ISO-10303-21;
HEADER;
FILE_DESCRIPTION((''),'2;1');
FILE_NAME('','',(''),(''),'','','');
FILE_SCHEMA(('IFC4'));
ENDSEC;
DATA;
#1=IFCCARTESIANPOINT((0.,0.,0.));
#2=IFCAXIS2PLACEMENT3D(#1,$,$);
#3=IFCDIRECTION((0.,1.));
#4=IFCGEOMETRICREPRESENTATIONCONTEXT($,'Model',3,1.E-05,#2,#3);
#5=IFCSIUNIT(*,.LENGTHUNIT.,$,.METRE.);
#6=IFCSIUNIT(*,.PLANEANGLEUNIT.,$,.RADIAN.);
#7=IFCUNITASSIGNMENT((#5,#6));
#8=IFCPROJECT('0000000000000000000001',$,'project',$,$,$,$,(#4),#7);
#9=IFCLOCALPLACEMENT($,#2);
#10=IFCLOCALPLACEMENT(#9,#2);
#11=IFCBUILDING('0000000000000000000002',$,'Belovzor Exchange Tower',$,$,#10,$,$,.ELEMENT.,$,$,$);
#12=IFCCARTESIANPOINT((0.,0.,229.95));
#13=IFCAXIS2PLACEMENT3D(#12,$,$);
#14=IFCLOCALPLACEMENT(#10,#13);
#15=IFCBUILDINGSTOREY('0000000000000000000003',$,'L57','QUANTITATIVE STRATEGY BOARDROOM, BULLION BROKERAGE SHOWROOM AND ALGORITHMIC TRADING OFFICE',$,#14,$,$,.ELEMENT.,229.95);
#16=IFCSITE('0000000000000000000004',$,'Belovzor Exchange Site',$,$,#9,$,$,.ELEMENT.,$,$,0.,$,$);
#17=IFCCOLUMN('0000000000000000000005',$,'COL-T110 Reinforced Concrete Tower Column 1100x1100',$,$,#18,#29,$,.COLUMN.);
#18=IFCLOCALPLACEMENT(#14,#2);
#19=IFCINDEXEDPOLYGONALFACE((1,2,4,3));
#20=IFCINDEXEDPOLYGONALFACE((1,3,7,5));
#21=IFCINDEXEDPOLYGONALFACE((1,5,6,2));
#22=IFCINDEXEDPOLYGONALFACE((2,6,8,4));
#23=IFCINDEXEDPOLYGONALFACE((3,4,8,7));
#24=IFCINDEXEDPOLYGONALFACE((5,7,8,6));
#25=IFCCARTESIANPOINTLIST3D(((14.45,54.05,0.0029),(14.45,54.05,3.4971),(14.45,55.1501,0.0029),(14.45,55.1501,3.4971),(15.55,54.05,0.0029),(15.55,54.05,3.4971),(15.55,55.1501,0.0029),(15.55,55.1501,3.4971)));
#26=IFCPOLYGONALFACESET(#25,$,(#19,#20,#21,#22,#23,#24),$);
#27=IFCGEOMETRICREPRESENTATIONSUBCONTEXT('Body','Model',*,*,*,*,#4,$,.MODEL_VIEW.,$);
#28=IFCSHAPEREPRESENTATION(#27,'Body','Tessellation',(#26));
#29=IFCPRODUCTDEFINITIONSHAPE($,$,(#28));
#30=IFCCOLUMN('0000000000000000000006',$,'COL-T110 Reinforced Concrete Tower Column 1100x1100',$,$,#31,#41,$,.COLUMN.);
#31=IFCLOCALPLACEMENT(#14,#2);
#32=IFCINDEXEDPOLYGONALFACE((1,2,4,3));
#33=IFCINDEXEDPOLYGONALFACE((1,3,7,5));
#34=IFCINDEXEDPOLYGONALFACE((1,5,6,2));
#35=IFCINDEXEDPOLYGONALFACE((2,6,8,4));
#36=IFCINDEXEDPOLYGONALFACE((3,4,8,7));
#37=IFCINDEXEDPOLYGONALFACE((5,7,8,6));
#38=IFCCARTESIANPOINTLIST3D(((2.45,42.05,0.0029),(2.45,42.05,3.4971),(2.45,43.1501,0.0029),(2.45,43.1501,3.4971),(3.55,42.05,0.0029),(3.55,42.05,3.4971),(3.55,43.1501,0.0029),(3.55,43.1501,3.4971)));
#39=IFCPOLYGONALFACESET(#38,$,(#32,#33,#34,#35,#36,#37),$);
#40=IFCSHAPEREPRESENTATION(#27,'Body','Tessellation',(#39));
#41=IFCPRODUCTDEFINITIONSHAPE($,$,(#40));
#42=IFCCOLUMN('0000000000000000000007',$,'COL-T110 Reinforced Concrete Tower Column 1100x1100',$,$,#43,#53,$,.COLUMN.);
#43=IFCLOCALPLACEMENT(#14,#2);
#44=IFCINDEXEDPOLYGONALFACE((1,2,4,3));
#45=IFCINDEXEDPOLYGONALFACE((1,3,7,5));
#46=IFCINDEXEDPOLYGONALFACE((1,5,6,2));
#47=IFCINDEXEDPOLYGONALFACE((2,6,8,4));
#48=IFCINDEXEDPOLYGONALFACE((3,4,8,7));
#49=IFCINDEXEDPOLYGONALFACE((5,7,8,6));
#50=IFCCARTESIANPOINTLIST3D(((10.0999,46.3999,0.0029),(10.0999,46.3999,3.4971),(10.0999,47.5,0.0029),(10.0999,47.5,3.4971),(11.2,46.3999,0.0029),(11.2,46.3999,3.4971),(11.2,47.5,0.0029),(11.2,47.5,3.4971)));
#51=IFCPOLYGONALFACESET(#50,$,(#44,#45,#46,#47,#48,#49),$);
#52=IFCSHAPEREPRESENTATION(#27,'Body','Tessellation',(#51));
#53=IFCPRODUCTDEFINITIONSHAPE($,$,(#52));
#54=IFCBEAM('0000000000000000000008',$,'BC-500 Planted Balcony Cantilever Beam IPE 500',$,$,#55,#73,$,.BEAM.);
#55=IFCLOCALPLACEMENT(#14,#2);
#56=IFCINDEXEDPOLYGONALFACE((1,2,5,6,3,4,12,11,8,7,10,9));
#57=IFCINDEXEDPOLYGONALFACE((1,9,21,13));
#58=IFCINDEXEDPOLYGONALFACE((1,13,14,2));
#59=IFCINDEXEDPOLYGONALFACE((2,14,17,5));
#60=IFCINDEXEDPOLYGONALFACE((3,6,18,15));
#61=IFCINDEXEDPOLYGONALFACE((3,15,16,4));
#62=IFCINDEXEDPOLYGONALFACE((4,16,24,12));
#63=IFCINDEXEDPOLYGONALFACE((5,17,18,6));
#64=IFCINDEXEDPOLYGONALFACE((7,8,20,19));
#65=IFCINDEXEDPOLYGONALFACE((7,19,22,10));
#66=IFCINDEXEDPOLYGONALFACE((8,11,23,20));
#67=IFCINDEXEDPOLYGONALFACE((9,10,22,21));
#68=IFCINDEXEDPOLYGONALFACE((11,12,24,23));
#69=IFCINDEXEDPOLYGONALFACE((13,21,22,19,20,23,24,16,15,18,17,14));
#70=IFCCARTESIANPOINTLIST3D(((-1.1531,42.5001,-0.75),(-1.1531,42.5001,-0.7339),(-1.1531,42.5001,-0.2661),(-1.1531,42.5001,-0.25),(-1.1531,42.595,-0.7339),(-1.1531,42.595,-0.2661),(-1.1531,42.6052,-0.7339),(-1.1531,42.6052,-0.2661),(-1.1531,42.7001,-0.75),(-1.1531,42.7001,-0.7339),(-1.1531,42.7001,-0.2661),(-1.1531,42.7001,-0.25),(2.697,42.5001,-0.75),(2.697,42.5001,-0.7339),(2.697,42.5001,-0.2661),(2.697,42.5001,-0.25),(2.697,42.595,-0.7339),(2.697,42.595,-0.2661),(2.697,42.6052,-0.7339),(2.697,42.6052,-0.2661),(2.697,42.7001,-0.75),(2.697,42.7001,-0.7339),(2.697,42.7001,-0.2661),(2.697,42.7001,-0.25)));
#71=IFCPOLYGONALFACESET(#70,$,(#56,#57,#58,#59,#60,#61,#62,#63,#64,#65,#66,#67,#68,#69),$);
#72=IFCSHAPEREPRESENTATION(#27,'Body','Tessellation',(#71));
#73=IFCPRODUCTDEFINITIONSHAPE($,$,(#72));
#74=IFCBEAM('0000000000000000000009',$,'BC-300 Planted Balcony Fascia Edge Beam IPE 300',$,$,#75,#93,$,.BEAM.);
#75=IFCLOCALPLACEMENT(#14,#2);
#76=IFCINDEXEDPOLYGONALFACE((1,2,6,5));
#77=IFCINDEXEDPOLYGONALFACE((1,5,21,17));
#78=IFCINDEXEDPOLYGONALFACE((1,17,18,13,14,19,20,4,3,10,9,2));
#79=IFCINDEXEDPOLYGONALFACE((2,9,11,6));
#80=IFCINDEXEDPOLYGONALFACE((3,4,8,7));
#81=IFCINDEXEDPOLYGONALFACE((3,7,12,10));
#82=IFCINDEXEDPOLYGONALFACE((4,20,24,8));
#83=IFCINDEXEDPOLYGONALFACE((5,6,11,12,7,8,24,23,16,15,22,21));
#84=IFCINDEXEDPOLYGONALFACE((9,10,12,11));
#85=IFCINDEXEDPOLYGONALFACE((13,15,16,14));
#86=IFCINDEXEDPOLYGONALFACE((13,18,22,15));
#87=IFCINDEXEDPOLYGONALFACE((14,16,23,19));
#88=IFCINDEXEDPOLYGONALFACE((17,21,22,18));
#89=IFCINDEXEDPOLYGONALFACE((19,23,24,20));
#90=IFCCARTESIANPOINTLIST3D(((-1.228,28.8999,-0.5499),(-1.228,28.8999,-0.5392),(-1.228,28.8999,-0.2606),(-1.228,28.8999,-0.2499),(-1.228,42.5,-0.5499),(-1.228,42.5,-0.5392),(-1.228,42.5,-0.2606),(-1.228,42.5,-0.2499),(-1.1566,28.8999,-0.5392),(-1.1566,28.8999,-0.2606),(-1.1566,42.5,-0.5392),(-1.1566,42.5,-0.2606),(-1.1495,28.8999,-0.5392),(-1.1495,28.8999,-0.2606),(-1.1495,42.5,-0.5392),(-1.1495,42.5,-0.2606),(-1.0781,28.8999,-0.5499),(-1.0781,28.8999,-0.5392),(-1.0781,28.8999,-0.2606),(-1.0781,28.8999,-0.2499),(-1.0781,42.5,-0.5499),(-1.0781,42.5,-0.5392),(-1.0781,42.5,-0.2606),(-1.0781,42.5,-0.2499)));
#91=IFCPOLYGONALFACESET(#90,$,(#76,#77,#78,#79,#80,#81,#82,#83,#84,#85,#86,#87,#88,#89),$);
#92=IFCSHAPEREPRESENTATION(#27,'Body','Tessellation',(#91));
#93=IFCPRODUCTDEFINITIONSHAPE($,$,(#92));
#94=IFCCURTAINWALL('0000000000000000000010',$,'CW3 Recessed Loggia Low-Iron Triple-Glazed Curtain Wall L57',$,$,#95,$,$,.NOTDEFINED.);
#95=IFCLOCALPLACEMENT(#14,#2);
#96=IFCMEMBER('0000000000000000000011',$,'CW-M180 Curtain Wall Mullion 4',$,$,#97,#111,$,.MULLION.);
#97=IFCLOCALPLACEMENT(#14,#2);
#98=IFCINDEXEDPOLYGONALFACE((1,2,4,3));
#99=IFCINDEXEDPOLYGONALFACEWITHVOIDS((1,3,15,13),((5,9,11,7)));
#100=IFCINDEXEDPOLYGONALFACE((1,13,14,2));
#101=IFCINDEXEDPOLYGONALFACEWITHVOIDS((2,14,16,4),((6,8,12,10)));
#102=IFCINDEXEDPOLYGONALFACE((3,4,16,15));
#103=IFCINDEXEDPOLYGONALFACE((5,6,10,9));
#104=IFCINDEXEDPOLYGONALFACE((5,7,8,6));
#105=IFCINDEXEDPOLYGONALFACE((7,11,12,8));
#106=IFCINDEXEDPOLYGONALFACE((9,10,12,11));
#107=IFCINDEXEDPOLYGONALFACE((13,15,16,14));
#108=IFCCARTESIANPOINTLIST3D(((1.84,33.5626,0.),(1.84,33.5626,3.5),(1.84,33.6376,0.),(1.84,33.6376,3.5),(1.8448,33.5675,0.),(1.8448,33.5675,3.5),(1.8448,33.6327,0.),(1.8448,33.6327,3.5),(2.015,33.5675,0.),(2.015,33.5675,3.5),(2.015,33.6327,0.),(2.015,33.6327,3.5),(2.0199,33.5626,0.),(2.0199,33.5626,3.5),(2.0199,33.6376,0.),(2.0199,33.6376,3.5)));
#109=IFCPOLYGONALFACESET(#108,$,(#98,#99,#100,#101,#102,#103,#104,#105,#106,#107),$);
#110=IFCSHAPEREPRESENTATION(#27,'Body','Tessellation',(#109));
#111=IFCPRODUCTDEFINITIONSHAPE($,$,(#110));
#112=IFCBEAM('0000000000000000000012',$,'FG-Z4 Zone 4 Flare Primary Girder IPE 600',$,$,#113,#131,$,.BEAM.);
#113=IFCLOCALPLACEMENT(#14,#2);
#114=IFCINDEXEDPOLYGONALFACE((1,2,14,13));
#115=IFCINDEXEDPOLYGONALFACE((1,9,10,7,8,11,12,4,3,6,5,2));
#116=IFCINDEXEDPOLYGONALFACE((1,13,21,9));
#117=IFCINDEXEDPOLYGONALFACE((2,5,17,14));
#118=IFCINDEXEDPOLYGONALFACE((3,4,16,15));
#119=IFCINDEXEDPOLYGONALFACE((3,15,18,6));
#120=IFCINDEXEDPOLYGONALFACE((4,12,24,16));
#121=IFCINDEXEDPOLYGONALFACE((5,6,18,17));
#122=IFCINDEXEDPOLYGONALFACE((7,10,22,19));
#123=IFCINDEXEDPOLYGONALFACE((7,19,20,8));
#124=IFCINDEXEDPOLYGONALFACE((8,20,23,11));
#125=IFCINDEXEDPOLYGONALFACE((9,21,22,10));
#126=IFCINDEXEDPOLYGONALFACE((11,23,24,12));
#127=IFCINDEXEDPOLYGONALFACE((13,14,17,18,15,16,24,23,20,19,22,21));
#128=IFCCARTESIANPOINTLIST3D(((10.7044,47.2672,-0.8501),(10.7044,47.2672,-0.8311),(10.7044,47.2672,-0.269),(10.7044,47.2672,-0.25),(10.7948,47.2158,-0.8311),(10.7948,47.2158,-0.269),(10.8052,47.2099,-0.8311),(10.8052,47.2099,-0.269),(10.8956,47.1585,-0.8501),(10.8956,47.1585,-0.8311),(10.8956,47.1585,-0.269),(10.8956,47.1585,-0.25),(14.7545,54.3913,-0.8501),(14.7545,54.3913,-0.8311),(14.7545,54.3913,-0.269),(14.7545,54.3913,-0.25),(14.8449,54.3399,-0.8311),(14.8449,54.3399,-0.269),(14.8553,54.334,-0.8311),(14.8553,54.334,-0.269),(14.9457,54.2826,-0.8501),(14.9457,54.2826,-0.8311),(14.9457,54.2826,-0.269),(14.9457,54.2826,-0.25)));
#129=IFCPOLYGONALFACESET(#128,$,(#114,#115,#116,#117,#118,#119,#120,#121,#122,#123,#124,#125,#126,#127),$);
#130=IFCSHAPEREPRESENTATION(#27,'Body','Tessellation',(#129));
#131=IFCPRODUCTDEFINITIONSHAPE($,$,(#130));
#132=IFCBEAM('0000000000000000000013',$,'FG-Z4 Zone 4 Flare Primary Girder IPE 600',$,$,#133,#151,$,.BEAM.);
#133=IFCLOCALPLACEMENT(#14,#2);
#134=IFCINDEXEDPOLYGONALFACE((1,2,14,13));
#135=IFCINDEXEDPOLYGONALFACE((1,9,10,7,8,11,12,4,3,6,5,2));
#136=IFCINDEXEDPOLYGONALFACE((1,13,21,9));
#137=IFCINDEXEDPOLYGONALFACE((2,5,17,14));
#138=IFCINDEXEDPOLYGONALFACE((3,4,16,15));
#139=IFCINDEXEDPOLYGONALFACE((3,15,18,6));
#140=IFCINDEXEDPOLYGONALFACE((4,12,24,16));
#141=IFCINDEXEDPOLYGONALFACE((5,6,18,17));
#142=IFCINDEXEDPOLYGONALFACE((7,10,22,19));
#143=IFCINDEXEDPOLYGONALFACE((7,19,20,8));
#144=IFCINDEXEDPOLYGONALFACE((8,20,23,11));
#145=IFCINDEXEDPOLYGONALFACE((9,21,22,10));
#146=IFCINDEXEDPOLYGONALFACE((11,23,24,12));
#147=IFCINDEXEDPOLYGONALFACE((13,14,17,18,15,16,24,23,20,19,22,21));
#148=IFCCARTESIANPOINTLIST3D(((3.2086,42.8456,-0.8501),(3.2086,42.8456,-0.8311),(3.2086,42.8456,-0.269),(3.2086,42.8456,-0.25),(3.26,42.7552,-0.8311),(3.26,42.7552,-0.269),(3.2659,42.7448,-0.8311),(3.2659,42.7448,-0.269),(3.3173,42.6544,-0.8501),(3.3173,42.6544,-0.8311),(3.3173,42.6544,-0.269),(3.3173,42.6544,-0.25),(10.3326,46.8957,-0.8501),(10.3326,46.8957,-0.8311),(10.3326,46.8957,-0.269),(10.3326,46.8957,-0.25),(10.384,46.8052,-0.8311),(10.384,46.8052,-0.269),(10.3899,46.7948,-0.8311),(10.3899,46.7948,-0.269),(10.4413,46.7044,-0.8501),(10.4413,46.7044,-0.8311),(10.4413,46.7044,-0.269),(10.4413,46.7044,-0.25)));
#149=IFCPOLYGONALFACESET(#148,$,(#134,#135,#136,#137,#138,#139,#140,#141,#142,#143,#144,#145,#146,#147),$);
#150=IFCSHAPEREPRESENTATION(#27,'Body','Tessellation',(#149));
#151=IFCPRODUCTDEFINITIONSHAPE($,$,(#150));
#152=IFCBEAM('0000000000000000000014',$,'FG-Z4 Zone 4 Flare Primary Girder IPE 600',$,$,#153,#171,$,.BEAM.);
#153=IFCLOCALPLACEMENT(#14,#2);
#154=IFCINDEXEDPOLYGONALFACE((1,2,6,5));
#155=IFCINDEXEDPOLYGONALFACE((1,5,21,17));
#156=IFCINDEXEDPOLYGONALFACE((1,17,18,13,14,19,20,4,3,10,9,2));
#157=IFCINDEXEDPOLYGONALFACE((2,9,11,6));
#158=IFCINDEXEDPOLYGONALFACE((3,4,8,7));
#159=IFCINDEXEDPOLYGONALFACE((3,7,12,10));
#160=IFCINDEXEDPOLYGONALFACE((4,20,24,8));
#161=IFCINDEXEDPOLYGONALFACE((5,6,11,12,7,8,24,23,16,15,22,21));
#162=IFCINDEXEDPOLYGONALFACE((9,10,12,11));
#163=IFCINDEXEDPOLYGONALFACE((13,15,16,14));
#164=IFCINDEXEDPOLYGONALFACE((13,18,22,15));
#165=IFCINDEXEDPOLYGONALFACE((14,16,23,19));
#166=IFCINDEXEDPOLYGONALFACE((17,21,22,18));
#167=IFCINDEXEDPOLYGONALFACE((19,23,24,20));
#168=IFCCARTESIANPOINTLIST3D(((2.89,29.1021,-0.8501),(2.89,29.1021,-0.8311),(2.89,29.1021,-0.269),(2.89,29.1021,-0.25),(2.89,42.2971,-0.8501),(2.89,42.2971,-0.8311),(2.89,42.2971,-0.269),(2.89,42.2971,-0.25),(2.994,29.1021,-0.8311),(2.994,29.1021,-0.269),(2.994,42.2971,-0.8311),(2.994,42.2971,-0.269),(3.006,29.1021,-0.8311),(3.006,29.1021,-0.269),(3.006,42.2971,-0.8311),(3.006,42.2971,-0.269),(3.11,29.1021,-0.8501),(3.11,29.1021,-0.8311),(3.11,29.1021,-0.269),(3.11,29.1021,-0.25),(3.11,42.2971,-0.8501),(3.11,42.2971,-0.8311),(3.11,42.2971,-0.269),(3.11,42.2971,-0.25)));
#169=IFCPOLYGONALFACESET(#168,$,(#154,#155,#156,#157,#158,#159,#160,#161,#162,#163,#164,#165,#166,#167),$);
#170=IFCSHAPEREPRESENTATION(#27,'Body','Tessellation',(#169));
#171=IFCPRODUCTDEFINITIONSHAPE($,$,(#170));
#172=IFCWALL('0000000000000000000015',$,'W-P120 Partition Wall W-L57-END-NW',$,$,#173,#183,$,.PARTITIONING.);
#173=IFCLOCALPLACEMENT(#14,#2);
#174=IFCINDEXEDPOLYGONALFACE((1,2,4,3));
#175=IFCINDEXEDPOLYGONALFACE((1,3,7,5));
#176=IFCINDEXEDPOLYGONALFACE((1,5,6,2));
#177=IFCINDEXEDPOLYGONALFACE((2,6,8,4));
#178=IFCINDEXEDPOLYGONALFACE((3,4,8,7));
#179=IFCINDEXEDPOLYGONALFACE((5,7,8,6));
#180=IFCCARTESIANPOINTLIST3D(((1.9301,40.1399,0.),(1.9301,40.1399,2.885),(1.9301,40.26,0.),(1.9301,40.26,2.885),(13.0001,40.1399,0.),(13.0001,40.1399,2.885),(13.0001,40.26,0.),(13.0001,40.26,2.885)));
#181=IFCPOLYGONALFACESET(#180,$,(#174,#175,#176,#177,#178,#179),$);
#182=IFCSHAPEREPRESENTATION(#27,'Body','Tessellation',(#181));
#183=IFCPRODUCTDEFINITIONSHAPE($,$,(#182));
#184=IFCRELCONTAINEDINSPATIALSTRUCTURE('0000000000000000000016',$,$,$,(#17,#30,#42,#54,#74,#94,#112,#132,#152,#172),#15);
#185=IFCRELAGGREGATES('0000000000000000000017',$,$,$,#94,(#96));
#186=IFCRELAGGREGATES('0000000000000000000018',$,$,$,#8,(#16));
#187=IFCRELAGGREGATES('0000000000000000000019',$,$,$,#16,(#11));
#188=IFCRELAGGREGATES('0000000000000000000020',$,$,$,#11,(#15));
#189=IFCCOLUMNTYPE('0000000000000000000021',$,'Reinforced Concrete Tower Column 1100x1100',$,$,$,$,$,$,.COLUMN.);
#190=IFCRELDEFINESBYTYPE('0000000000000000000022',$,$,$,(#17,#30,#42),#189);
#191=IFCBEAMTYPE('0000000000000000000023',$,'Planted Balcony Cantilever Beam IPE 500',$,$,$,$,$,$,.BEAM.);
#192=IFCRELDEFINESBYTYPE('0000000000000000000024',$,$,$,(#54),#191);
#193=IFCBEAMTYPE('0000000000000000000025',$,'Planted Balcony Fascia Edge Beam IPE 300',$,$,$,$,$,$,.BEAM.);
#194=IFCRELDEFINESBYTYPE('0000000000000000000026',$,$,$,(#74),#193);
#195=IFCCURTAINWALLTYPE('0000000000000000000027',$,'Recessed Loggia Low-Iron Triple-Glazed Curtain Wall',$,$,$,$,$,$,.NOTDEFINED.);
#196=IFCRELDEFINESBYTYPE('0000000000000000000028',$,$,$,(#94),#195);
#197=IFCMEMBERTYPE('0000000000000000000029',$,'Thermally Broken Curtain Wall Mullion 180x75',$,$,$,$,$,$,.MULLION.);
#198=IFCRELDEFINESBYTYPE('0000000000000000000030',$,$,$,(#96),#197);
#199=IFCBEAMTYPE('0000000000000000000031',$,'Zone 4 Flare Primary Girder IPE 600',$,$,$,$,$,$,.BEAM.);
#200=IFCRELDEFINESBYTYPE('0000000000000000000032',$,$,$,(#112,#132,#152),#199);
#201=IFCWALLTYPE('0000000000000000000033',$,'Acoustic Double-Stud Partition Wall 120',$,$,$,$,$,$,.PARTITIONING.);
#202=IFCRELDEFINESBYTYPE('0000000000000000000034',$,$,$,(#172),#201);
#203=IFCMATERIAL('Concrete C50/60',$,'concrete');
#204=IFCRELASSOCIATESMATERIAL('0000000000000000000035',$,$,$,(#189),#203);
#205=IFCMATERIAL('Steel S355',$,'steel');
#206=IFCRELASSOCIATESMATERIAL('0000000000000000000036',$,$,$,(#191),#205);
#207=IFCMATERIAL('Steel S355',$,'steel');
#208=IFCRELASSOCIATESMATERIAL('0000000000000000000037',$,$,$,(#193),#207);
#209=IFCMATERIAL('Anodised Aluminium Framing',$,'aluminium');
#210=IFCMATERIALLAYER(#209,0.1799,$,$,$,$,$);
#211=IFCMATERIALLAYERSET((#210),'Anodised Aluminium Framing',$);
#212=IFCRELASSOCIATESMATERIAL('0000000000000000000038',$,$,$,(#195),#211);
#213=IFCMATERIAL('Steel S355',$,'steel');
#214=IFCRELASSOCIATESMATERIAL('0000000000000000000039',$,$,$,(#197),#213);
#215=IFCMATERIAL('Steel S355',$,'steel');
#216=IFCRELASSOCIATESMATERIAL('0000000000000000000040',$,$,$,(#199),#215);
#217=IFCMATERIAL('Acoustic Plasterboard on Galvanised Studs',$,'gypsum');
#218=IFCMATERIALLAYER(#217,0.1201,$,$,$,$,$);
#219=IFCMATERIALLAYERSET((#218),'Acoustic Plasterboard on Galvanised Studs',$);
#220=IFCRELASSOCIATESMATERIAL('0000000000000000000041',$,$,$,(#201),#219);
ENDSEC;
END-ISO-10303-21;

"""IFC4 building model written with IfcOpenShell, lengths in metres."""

from ifc_helpers import new_model, si_unit, direction, frame, frame_2d, origin, origin_2d, place, context, subcontext, project, spatial, rectangle, hollow_rectangle, i_section, extrude, material, layer, layer_set, material_profile, profile_set, type_object, element, aggregate, save


model = new_model("IFC4")

# Units and contexts
model_context = context("Model", 3, precision=1e-05, world=origin(), true_north=direction((0.0, 1.0)))
body_context = subcontext(model_context, "Body", "Model", "MODEL_VIEW")
ifc_project = project(units=[si_unit("LENGTHUNIT", "METRE"), si_unit("PLANEANGLEUNIT", "RADIAN")], contexts=[model_context])

# Site, building, storey
site_placement = place(None, origin())
site = spatial("IfcSite", under=ifc_project, at=site_placement, Name="Belovzor Exchange Site", CompositionType="ELEMENT", RefElevation=0.0)
building_placement = place(site_placement, origin())
building = spatial("IfcBuilding", under=site, at=building_placement, Name="Belovzor Exchange Tower", CompositionType="ELEMENT")
storey_placement = place(building_placement, frame((0.0, 0.0, 229.95)))
storey = spatial("IfcBuildingStorey", under=building, at=storey_placement, Name="L57", Description="QUANTITATIVE STRATEGY BOARDROOM, BULLION BROKERAGE SHOWROOM AND ALGORITHMIC TRADING OFFICE", CompositionType="ELEMENT", Elevation=229.95)

# Columns
ifc_material_1 = material(Name="Concrete C50/60", Category="concrete")
ifc_material_profile_1 = material_profile(ifc_material_1, rectangle(XDim=1.1001, YDim=1.1001, at=origin_2d()))
ifc_profile_set_1 = profile_set([ifc_material_profile_1], Name="Concrete C50/60")
column_type = type_object("IfcColumnType", Name="Reinforced Concrete Tower Column 1100x1100", PredefinedType="COLUMN", material=ifc_profile_set_1)
for number, where, z_axis, x_axis, name in (
    (1, (15.0, 54.6001, 0.0029), (0.0, 0.0, 1.0), (1.0, 0.0, 0.0), "COL-T110 Reinforced Concrete Tower Column 1100x1100"),
    (2, (3.0, 42.6001, 0.0029), (0.0, 0.0, 1.0), (1.0, 0.0, 0.0), "COL-T110 Reinforced Concrete Tower Column 1100x1100"),
    (3, (10.6499, 46.95, 0.0029), (0.0, 0.0, 1.0), (1.0, 0.0, 0.0), "COL-T110 Reinforced Concrete Tower Column 1100x1100"),
):
    element("IfcColumn", number, at=place(storey_placement, frame(where, z_axis=z_axis, x_axis=x_axis)), inside=storey, type_object=column_type, Name=name, PredefinedType="COLUMN", context=body_context, shape_type="SweptSolid", body=[
        extrude(rectangle(XDim=1.1001, YDim=1.1001, at=origin_2d()), origin(), (0.0, 0.0, 1.0), 3.4941),
    ])

# Beams
ifc_material_2 = material(Name="Steel S355", Category="steel")
ifc_material_profile_2 = material_profile(ifc_material_2, i_section(OverallWidth=0.2, OverallDepth=0.5, WebThickness=0.0103, FlangeThickness=0.0161, at=origin_2d()))
ifc_profile_set_2 = profile_set([ifc_material_profile_2], Name="Steel S355")
beam_type_1 = type_object("IfcBeamType", Name="Planted Balcony Cantilever Beam IPE 500", PredefinedType="BEAM", material=ifc_profile_set_2)
beam_1_placement = place(storey_placement, frame((2.697, 42.6001, -0.5), z_axis=(-1.0, 0.0, 0.0), x_axis=(0.0, -1.0, 0.0)))
element("IfcBeam", 4, at=beam_1_placement, inside=storey, type_object=beam_type_1, Name="BC-500 Planted Balcony Cantilever Beam IPE 500", PredefinedType="BEAM", context=body_context, shape_type="SweptSolid", body=[
    extrude(i_section(OverallWidth=0.2, OverallDepth=0.5, WebThickness=0.0103, FlangeThickness=0.0161, at=origin_2d()), origin(), (0.0, 0.0, 1.0), 3.8501),
])
ifc_material_3 = material(Name="Steel S355", Category="steel")
ifc_material_profile_3 = material_profile(ifc_material_3, i_section(OverallWidth=0.1499, OverallDepth=0.3, WebThickness=0.0071, FlangeThickness=0.0107, at=origin_2d()))
ifc_profile_set_3 = profile_set([ifc_material_profile_3], Name="Steel S355")
beam_type_2 = type_object("IfcBeamType", Name="Planted Balcony Fascia Edge Beam IPE 300", PredefinedType="BEAM", material=ifc_profile_set_3)
beam_2_placement = place(storey_placement, frame((-1.1531, 42.5, -0.3999), z_axis=(0.0, -1.0, 0.0), x_axis=(1.0, 0.0, 0.0)))
element("IfcBeam", 5, at=beam_2_placement, inside=storey, type_object=beam_type_2, Name="BC-300 Planted Balcony Fascia Edge Beam IPE 300", PredefinedType="BEAM", context=body_context, shape_type="SweptSolid", body=[
    extrude(i_section(OverallWidth=0.1499, OverallDepth=0.3, WebThickness=0.0071, FlangeThickness=0.0107, at=origin_2d()), origin(), (0.0, 0.0, 1.0), 13.6001),
])

# Curtain wall, member
ifc_material_4 = material(Name="Anodised Aluminium Framing", Category="aluminium")
ifc_layer_1 = layer(ifc_material_4, 0.1799)
ifc_layer_set_1 = layer_set([ifc_layer_1], Name="Anodised Aluminium Framing")
curtain_wall_type = type_object("IfcCurtainWallType", Name="Recessed Loggia Low-Iron Triple-Glazed Curtain Wall", PredefinedType="NOTDEFINED", material=ifc_layer_set_1)
curtain_wall_placement = place(storey_placement, origin())
curtain_wall = element("IfcCurtainWall", 6, at=curtain_wall_placement, inside=storey, type_object=curtain_wall_type, Name="CW3 Recessed Loggia Low-Iron Triple-Glazed Curtain Wall L57", PredefinedType="NOTDEFINED")
ifc_material_5 = material(Name="Steel S355", Category="steel")
ifc_material_profile_4 = material_profile(ifc_material_5, hollow_rectangle(XDim=0.075, YDim=0.1799, WallThickness=0.0049, at=origin_2d()))
ifc_profile_set_4 = profile_set([ifc_material_profile_4], Name="Steel S355")
member_type = type_object("IfcMemberType", Name="Thermally Broken Curtain Wall Mullion 180x75", PredefinedType="MULLION", material=ifc_profile_set_4)
member_placement = place(storey_placement, frame((1.9299, 33.6001, 0.0), z_axis=(0.0, 0.0, 1.0), x_axis=(0.0, 1.0, 0.0)))
member = element("IfcMember", 7, at=member_placement, type_object=member_type, Name="CW-M180 Curtain Wall Mullion 4", PredefinedType="MULLION", context=body_context, shape_type="SweptSolid", body=[
    extrude(hollow_rectangle(XDim=0.075, YDim=0.1799, WallThickness=0.0049, at=origin_2d()), origin(), (0.0, 0.0, 1.0), 3.5),
])
aggregate(curtain_wall, [member])

# Beams
ifc_material_6 = material(Name="Steel S355", Category="steel")
ifc_material_profile_5 = material_profile(ifc_material_6, i_section(OverallWidth=0.22, OverallDepth=0.6001, WebThickness=0.012, FlangeThickness=0.019, at=origin_2d()))
ifc_profile_set_5 = profile_set([ifc_material_profile_5], Name="Steel S355")
beam_type_3 = type_object("IfcBeamType", Name="Zone 4 Flare Primary Girder IPE 600", PredefinedType="BEAM", material=ifc_profile_set_5)
for number, where, z_axis, x_axis, name in (
    (8, (14.8501, 54.3369, -0.55), (-0.494222, -0.869336, 0.0), (0.869336, -0.494222, 0.0), "FG-Z4 Zone 4 Flare Primary Girder IPE 600"),
    (9, (10.387, 46.8, -0.55), (-0.869336, -0.494222, 0.0), (0.494222, -0.869336, 0.0), "FG-Z4 Zone 4 Flare Primary Girder IPE 600"),
):
    element("IfcBeam", number, at=place(storey_placement, frame(where, z_axis=z_axis, x_axis=x_axis)), inside=storey, type_object=beam_type_3, Name=name, PredefinedType="BEAM", context=body_context, shape_type="SweptSolid", body=[
        extrude(i_section(OverallWidth=0.22, OverallDepth=0.6001, WebThickness=0.012, FlangeThickness=0.019, at=origin_2d()), origin(), (0.0, 0.0, 1.0), 8.1948),
    ])
beam_3_placement = place(storey_placement, frame((3.0, 42.2971, -0.55), z_axis=(0.0, -1.0, 0.0), x_axis=(1.0, 0.0, 0.0)))
element("IfcBeam", 10, at=beam_3_placement, inside=storey, type_object=beam_type_3, Name="FG-Z4 Zone 4 Flare Primary Girder IPE 600", PredefinedType="BEAM", context=body_context, shape_type="SweptSolid", body=[
    extrude(i_section(OverallWidth=0.22, OverallDepth=0.6001, WebThickness=0.012, FlangeThickness=0.019, at=origin_2d()), origin(), (0.0, 0.0, 1.0), 13.1951),
])

# Wall
ifc_material_7 = material(Name="Acoustic Plasterboard on Galvanised Studs", Category="gypsum")
ifc_layer_2 = layer(ifc_material_7, 0.1201)
ifc_layer_set_2 = layer_set([ifc_layer_2], Name="Acoustic Plasterboard on Galvanised Studs")
wall_type_1 = type_object("IfcWallType", Name="Acoustic Double-Stud Partition Wall 120", PredefinedType="PARTITIONING", material=ifc_layer_set_2)
wall_1_placement = place(storey_placement, frame((1.9299, 40.2, 0.0), z_axis=(0.0, 0.0, 1.0), x_axis=(1.0, 0.0, 0.0)))
element("IfcWall", 11, at=wall_1_placement, inside=storey, type_object=wall_type_1, Name="W-P120 Partition Wall W-L57-END-NW", PredefinedType="PARTITIONING", context=body_context, shape_type="SweptSolid", body=[
    extrude(rectangle(XDim=11.0701, YDim=0.1201, at=frame_2d((5.5352, 0.0))), origin(), (0.0, 0.0, 1.0), 2.885),
])

save(model, "model.ifc")
